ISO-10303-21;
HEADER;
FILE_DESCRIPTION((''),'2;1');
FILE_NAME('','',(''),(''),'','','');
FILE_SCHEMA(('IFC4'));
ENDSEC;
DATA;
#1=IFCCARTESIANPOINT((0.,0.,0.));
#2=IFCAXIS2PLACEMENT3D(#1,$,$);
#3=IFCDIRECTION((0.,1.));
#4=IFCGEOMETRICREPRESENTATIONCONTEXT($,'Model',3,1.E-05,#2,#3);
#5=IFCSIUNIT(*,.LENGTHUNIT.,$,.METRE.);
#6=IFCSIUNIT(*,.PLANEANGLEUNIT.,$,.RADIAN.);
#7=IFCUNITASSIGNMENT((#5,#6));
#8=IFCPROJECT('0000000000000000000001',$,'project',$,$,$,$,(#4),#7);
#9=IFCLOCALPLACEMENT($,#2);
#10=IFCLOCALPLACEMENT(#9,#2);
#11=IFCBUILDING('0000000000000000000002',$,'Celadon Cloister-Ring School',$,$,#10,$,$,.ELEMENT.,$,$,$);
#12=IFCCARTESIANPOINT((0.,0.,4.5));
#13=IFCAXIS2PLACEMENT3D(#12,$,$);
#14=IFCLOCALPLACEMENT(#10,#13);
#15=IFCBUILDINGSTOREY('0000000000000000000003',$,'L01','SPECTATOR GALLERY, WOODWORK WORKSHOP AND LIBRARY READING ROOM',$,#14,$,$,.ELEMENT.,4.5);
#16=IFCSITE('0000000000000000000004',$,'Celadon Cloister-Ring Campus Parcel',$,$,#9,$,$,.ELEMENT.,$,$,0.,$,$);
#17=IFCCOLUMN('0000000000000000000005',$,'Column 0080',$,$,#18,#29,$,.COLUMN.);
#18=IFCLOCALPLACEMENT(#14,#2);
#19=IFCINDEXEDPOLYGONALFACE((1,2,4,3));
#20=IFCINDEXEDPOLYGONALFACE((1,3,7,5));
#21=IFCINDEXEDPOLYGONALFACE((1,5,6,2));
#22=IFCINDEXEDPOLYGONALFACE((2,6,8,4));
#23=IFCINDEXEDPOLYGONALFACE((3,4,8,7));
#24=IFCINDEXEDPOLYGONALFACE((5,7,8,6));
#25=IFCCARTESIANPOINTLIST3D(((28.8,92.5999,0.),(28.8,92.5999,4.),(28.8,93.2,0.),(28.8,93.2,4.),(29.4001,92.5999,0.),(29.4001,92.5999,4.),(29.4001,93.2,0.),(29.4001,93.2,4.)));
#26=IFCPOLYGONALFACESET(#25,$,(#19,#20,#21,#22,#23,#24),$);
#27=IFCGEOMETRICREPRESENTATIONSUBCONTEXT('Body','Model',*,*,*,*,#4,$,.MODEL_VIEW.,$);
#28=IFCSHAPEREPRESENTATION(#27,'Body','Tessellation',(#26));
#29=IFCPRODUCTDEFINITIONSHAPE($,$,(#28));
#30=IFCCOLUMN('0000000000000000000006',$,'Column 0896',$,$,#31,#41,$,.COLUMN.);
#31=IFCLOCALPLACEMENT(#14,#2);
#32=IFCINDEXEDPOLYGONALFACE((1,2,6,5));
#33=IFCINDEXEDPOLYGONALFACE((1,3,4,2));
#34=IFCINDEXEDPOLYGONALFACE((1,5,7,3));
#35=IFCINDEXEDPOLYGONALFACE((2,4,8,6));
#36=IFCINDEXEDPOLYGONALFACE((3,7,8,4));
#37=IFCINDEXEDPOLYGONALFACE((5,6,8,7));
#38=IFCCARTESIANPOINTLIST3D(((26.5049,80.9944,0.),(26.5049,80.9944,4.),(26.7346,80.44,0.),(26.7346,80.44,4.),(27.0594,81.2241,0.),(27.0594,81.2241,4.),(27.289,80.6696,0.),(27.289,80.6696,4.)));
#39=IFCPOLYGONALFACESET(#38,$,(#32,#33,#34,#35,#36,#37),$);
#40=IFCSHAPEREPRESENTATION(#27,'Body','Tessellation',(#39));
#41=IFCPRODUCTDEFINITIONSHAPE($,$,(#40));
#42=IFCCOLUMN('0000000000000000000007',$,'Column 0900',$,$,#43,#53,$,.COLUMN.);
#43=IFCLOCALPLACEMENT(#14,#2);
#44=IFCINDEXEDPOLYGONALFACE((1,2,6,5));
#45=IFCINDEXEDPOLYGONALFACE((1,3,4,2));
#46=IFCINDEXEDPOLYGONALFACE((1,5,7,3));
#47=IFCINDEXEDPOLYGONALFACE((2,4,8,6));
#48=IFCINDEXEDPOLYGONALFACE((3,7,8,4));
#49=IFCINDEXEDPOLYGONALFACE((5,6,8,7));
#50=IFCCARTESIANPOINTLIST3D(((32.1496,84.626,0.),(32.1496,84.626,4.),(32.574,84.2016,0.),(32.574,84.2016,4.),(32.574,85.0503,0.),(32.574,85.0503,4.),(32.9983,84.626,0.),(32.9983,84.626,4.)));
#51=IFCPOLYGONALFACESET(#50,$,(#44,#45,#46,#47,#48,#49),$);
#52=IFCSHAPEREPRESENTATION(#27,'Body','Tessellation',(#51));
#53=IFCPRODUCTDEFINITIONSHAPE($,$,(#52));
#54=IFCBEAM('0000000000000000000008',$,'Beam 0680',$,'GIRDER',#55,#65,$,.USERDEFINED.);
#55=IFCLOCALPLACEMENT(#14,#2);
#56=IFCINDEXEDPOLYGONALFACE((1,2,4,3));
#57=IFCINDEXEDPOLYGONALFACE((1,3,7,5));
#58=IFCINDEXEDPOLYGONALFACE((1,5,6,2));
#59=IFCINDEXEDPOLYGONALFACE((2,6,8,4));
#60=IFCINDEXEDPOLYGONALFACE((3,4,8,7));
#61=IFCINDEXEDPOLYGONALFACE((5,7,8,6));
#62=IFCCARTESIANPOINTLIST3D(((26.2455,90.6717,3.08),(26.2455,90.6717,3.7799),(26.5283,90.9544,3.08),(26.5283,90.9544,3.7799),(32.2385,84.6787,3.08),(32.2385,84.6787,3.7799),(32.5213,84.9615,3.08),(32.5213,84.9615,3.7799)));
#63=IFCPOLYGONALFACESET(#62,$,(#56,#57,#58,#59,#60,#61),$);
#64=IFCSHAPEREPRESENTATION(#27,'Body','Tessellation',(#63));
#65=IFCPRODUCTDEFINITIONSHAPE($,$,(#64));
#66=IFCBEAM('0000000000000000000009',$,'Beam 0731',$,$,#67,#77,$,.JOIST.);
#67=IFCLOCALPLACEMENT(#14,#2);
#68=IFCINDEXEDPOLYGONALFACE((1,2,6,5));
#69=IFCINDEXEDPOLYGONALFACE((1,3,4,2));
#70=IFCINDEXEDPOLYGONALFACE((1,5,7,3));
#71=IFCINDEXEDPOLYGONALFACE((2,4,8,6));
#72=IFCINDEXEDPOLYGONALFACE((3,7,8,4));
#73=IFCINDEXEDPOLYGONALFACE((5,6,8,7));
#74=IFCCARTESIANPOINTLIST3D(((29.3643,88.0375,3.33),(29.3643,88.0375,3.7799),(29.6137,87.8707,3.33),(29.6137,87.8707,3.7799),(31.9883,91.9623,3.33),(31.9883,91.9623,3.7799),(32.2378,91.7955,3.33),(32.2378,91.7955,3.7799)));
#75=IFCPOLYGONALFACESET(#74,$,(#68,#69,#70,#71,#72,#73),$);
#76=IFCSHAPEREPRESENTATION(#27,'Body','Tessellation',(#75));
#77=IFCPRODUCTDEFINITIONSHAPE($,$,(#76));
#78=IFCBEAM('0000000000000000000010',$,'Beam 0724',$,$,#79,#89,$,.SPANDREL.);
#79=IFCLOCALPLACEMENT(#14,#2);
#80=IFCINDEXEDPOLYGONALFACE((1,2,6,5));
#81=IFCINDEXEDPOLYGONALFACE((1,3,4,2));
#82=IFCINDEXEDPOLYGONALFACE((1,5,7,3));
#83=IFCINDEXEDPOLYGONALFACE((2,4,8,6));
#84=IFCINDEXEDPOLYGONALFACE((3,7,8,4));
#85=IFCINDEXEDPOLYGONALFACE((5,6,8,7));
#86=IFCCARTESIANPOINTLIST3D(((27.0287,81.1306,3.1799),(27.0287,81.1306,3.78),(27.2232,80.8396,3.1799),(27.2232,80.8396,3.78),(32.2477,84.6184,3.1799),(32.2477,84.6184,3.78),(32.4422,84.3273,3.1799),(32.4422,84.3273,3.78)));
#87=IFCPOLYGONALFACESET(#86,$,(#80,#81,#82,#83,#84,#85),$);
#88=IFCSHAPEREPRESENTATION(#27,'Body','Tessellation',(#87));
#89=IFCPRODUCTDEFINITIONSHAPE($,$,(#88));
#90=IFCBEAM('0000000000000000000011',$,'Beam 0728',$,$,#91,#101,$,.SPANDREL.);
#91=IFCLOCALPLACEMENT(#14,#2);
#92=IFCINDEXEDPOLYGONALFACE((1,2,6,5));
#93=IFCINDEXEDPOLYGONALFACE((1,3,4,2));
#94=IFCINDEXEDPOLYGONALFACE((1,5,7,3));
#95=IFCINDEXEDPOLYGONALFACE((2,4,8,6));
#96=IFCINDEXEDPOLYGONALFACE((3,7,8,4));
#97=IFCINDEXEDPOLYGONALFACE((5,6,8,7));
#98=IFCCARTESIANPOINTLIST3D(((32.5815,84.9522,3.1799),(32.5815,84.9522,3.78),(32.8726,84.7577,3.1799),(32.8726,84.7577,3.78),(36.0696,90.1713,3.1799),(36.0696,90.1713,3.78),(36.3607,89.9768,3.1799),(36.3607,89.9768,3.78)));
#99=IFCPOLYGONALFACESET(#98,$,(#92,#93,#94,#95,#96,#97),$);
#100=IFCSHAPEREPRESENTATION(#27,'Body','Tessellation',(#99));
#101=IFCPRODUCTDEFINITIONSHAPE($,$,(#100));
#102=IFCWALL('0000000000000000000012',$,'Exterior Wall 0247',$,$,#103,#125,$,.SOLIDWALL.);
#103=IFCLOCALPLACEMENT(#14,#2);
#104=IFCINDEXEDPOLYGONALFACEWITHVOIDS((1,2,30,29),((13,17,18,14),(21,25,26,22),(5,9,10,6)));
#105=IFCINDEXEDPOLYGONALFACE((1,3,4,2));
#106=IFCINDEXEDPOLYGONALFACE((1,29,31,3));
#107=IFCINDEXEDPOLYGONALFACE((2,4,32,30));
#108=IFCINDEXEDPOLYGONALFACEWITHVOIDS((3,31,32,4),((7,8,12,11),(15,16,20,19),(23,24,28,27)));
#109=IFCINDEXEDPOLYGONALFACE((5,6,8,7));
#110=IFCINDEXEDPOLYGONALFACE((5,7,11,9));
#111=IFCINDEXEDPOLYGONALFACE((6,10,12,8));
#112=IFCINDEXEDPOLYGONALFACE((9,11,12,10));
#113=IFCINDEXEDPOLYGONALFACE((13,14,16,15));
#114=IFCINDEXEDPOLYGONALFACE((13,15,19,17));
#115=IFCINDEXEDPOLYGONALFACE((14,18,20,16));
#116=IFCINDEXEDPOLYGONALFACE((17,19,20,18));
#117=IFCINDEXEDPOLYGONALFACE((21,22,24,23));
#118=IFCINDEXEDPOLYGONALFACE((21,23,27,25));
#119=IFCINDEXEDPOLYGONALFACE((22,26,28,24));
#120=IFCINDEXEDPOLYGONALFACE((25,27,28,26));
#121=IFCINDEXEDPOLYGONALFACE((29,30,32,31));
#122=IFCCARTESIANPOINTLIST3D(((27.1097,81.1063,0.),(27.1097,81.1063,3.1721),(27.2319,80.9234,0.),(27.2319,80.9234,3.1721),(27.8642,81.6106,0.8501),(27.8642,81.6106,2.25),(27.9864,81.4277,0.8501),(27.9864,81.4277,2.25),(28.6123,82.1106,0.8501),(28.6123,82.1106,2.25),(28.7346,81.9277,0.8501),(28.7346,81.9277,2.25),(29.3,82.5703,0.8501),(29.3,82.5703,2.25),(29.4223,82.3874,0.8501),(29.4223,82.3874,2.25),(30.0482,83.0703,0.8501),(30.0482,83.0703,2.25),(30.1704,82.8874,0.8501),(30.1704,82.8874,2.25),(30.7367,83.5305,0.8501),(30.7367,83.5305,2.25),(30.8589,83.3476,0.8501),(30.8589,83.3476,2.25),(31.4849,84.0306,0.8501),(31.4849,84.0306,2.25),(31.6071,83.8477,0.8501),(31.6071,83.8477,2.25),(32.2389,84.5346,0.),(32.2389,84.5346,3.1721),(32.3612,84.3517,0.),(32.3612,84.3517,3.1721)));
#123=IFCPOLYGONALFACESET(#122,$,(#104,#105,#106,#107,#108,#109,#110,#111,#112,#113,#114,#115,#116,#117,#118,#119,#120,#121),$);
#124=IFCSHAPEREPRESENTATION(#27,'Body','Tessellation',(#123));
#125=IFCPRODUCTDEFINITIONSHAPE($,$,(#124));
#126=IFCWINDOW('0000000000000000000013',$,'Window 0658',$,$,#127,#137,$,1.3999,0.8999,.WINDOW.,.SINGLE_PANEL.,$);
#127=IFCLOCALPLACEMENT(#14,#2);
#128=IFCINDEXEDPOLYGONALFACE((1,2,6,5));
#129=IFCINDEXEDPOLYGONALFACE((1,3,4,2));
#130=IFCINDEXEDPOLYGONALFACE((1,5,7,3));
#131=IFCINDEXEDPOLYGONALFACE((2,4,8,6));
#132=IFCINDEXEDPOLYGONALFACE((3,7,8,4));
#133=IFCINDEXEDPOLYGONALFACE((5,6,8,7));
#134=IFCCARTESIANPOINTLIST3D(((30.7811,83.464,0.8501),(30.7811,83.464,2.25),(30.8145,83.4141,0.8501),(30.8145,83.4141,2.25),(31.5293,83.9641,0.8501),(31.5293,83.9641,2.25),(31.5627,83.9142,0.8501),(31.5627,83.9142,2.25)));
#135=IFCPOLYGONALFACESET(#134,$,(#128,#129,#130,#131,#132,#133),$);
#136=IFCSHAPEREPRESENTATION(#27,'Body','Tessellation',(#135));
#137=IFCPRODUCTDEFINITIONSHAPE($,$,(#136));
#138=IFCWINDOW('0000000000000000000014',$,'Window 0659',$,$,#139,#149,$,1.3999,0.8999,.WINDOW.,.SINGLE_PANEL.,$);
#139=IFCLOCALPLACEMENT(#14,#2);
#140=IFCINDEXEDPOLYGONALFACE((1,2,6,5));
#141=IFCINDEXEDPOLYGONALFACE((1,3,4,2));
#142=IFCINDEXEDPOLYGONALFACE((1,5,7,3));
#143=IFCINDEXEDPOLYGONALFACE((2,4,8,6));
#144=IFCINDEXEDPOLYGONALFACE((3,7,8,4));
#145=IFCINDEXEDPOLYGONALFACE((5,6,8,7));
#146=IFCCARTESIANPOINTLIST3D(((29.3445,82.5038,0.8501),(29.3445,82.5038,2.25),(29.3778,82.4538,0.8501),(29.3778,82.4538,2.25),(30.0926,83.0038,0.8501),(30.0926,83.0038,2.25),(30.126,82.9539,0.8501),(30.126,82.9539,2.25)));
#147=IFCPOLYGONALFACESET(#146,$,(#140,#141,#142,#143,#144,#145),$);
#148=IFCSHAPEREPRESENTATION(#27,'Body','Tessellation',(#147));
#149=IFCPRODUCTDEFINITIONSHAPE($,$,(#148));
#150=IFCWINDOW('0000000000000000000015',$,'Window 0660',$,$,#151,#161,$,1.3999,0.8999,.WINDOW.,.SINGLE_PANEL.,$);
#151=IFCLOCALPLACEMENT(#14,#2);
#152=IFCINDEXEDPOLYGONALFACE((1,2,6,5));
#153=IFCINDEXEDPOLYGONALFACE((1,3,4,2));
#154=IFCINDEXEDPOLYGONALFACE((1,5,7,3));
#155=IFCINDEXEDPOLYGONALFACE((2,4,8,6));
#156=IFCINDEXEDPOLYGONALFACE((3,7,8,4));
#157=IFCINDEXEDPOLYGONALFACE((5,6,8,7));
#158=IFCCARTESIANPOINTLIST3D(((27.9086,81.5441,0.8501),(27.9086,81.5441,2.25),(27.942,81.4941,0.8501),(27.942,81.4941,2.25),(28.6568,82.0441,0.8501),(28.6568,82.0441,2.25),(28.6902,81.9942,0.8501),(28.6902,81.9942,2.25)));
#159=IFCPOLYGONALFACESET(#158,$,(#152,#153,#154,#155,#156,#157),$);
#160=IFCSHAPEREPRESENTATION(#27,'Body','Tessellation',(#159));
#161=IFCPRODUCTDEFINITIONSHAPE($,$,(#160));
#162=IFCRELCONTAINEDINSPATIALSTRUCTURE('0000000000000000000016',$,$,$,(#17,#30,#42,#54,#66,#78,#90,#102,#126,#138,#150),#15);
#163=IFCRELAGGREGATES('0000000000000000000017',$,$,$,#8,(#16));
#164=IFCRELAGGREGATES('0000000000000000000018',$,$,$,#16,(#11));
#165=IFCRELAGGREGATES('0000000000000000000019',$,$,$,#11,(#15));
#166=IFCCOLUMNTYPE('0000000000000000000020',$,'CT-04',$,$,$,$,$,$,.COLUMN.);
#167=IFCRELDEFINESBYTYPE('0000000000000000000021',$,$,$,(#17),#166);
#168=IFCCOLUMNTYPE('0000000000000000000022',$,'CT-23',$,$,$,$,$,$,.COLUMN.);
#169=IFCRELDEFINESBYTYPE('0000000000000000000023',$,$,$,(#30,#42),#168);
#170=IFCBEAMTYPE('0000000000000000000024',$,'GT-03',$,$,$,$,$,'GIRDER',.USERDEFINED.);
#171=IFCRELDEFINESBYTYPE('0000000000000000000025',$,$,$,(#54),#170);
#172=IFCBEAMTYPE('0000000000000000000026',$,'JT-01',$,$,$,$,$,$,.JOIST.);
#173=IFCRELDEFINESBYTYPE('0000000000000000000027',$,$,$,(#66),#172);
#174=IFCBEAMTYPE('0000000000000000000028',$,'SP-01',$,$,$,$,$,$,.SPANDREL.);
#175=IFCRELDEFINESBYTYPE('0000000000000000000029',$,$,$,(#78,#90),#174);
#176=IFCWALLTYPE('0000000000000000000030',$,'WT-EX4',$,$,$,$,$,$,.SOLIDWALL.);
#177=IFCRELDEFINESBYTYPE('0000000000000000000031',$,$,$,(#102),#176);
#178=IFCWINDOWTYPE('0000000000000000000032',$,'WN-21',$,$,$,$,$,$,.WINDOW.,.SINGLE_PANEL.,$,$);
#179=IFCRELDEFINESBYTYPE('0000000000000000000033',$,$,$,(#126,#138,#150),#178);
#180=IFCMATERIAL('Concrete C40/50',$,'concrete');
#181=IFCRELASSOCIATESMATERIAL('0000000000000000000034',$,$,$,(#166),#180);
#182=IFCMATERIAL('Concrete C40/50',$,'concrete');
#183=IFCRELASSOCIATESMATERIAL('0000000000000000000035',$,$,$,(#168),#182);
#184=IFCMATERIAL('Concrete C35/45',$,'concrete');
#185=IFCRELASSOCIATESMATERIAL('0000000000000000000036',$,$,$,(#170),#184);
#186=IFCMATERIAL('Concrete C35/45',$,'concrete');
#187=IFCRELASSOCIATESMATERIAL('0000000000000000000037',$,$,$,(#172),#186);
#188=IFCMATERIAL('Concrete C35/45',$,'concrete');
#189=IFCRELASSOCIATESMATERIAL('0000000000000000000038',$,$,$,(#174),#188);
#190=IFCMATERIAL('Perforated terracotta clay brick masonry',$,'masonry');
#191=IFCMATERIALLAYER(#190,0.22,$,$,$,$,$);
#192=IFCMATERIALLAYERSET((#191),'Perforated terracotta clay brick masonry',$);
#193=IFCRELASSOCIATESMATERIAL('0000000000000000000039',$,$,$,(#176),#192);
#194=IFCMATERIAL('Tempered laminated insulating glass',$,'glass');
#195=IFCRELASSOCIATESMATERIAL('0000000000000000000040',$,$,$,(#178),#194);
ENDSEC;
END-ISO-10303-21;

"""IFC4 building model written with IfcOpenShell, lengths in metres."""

from ifc_helpers import new_model, si_unit, direction, frame, frame_2d, origin, origin_2d, place, context, subcontext, project, spatial, rectangle, extrude, material, layer, layer_set, material_profile, profile_set, type_object, element, fill, save


model = new_model("IFC4")

# Units and contexts
model_context = context("Model", 3, precision=1e-05, world=origin(), true_north=direction((0.0, 1.0)))
body_context = subcontext(model_context, "Body", "Model", "MODEL_VIEW")
ifc_project = project(units=[si_unit("LENGTHUNIT", "METRE"), si_unit("PLANEANGLEUNIT", "RADIAN")], contexts=[model_context])

# Site, building, storey
site_placement = place(None, origin())
site = spatial("IfcSite", under=ifc_project, at=site_placement, Name="Celadon Cloister-Ring Campus Parcel", CompositionType="ELEMENT", RefElevation=0.0)
building_placement = place(site_placement, origin())
building = spatial("IfcBuilding", under=site, at=building_placement, Name="Celadon Cloister-Ring School", CompositionType="ELEMENT")
storey_placement = place(building_placement, frame((0.0, 0.0, 4.5)))
storey = spatial("IfcBuildingStorey", under=building, at=storey_placement, Name="L01", Description="SPECTATOR GALLERY, WOODWORK WORKSHOP AND LIBRARY READING ROOM", CompositionType="ELEMENT", Elevation=4.5)

# Columns
ifc_material_1 = material(Name="Concrete C40/50", Category="concrete")
ifc_material_profile_1 = material_profile(ifc_material_1, rectangle(XDim=0.6001, YDim=0.6001, at=origin_2d()), Name="RC600X600")
ifc_profile_set_1 = profile_set([ifc_material_profile_1], Name="Concrete C40/50")
column_type_1 = type_object("IfcColumnType", Name="CT-04", PredefinedType="COLUMN", material=ifc_profile_set_1)
column_placement = place(storey_placement, frame((29.1001, 92.8999, 0.0), z_axis=(0.0, 0.0, 1.0), x_axis=(1.0, 0.0, 0.0)))
element("IfcColumn", 1, at=column_placement, inside=storey, type_object=column_type_1, Name="Column 0080", PredefinedType="COLUMN", context=body_context, shape_type="SweptSolid", body=[
    extrude(rectangle(XDim=0.6001, YDim=0.6001, at=origin_2d()), origin(), (0.0, 0.0, 1.0), 4.0),
])
ifc_material_2 = material(Name="Concrete C40/50", Category="concrete")
ifc_material_profile_2 = material_profile(ifc_material_2, rectangle(XDim=0.6001, YDim=0.6001, at=origin_2d()), Name="RC600X600")
ifc_profile_set_2 = profile_set([ifc_material_profile_2], Name="Concrete C40/50")
column_type_2 = type_object("IfcColumnType", Name="CT-23", PredefinedType="COLUMN", material=ifc_profile_set_2)
for number, where, z_axis, x_axis, name in (
    (2, (26.897, 80.832, 0.0), (0.0, 0.0, 1.0), (0.382683, -0.92388, 0.0), "Column 0896"),
    (3, (32.574, 84.626, 0.0), (0.0, 0.0, 1.0), (0.707107, -0.707107, 0.0), "Column 0900"),
):
    element("IfcColumn", number, at=place(storey_placement, frame(where, z_axis=z_axis, x_axis=x_axis)), inside=storey, type_object=column_type_2, Name=name, PredefinedType="COLUMN", context=body_context, shape_type="SweptSolid", body=[
        extrude(rectangle(XDim=0.6001, YDim=0.6001, at=origin_2d()), origin(), (0.0, 0.0, 1.0), 4.0),
    ])

# Beams
ifc_material_3 = material(Name="Concrete C35/45", Category="concrete")
ifc_material_profile_3 = material_profile(ifc_material_3, rectangle(XDim=0.3999, YDim=0.7, at=origin_2d()), Name="RC400X700")
ifc_profile_set_3 = profile_set([ifc_material_profile_3], Name="Concrete C35/45")
beam_type_1 = type_object("IfcBeamType", Name="GT-03", ElementType="GIRDER", PredefinedType="USERDEFINED", material=ifc_profile_set_3)
beam_1_placement = place(storey_placement, frame((32.3799, 84.8201, 3.4299), z_axis=(-0.707107, 0.707107, 0.0), x_axis=(-0.707107, -0.707107, 0.0)))
element("IfcBeam", 4, at=beam_1_placement, inside=storey, type_object=beam_type_1, Name="Beam 0680", ObjectType="GIRDER", PredefinedType="USERDEFINED", context=body_context, shape_type="SweptSolid", body=[
    extrude(rectangle(XDim=0.3999, YDim=0.7, at=origin_2d()), origin(), (0.0, 0.0, 1.0), 8.4753),
])
ifc_material_4 = material(Name="Concrete C35/45", Category="concrete")
ifc_material_profile_4 = material_profile(ifc_material_4, rectangle(XDim=0.3, YDim=0.45, at=origin_2d()), Name="RC300X450")
ifc_profile_set_4 = profile_set([ifc_material_profile_4], Name="Concrete C35/45")
beam_type_2 = type_object("IfcBeamType", Name="JT-01", PredefinedType="JOIST", material=ifc_profile_set_4)
beam_2_placement = place(storey_placement, frame((29.489, 87.9541, 3.5549), z_axis=(0.555798, 0.831318, 0.0), x_axis=(-0.831318, 0.555798, 0.0)))
element("IfcBeam", 5, at=beam_2_placement, inside=storey, type_object=beam_type_2, Name="Beam 0731", PredefinedType="JOIST", context=body_context, shape_type="SweptSolid", body=[
    extrude(rectangle(XDim=0.3, YDim=0.45, at=origin_2d()), origin(), (0.0, 0.0, 1.0), 4.7212),
])
ifc_material_5 = material(Name="Concrete C35/45", Category="concrete")
ifc_material_profile_5 = material_profile(ifc_material_5, rectangle(XDim=0.3501, YDim=0.6001, at=origin_2d()), Name="RC350X600")
ifc_profile_set_5 = profile_set([ifc_material_profile_5], Name="Concrete C35/45")
beam_type_3 = type_object("IfcBeamType", Name="SP-01", PredefinedType="SPANDREL", material=ifc_profile_set_5)
beam_3_placement = place(storey_placement, frame((27.126, 80.9851, 3.48), z_axis=(0.831427, 0.555633, 0.0), x_axis=(-0.555633, 0.831427, 0.0)))
element("IfcBeam", 6, at=beam_3_placement, inside=storey, type_object=beam_type_3, Name="Beam 0724", PredefinedType="SPANDREL", context=body_context, shape_type="SweptSolid", body=[
    extrude(rectangle(XDim=0.3501, YDim=0.6001, at=origin_2d()), origin(), (0.0, 0.0, 1.0), 6.2771),
])
beam_4_placement = place(storey_placement, frame((32.7271, 84.855, 3.48), z_axis=(0.55566, 0.83141, 0.0), x_axis=(-0.83141, 0.55566, 0.0)))
element("IfcBeam", 7, at=beam_4_placement, inside=storey, type_object=beam_type_3, Name="Beam 0728", PredefinedType="SPANDREL", context=body_context, shape_type="SweptSolid", body=[
    extrude(rectangle(XDim=0.3501, YDim=0.6001, at=origin_2d()), origin(), (0.0, 0.0, 1.0), 6.2773),
])

# Wall, openings, windows
ifc_material_6 = material(Name="Perforated terracotta clay brick masonry", Category="masonry")
ifc_layer_1 = layer(ifc_material_6, 0.22)
ifc_layer_set_1 = layer_set([ifc_layer_1], Name="Perforated terracotta clay brick masonry")
wall_type_1 = type_object("IfcWallType", Name="WT-EX4", PredefinedType="SOLIDWALL", material=ifc_layer_set_1)
wall_1_placement = place(storey_placement, frame((32.3, 84.4431, 0.0), z_axis=(0.0, 0.0, 1.0), x_axis=(-0.831392, -0.555686, 0.0)))
wall_1 = element("IfcWall", 8, at=wall_1_placement, inside=storey, type_object=wall_type_1, Name="Exterior Wall 0247", PredefinedType="SOLIDWALL", context=body_context, shape_type="SweptSolid", body=[
    extrude(rectangle(XDim=6.1694, YDim=0.22, at=frame_2d((3.0847, 0.0))), origin(), (0.0, 0.0, 1.0), 3.1721),
])
opening_1_placement = place(wall_1_placement, frame((0.907, 0.0, 0.8501)))
opening_1 = element("IfcOpeningElement", 9, at=opening_1_placement, cuts=wall_1, PredefinedType="OPENING", context=body_context, shape_type="SweptSolid", body=[
    extrude(rectangle(XDim=0.8999, YDim=1.3999, at=frame_2d((0.45, 0.7))), frame((0.0, 0.1201, 0.0), z_axis=(0.0, -1.0, 0.0), x_axis=(1.0, 0.0, 0.0)), (0.0, 0.0, 1.0), 0.24),
])
opening_2_placement = place(wall_1_placement, frame((2.635, 0.0, 0.8501)))
opening_2 = element("IfcOpeningElement", 10, at=opening_2_placement, cuts=wall_1, PredefinedType="OPENING", context=body_context, shape_type="SweptSolid", body=[
    extrude(rectangle(XDim=0.8999, YDim=1.3999, at=frame_2d((0.45, 0.7))), frame((0.0, 0.1201, 0.0), z_axis=(0.0, -1.0, 0.0), x_axis=(1.0, 0.0, 0.0)), (0.0, 0.0, 1.0), 0.24),
])
opening_3_placement = place(wall_1_placement, frame((4.3621, 0.0, 0.8501)))
opening_3 = element("IfcOpeningElement", 11, at=opening_3_placement, cuts=wall_1, PredefinedType="OPENING", context=body_context, shape_type="SweptSolid", body=[
    extrude(rectangle(XDim=0.8999, YDim=1.3999, at=frame_2d((0.45, 0.7))), frame((0.0, 0.1201, 0.0), z_axis=(0.0, -1.0, 0.0), x_axis=(1.0, 0.0, 0.0)), (0.0, 0.0, 1.0), 0.24),
])
ifc_material_7 = material(Name="Tempered laminated insulating glass", Category="glass")
window_type = type_object("IfcWindowType", Name="WN-21", PartitioningType="SINGLE_PANEL", PredefinedType="WINDOW", material=ifc_material_7)
window_1_placement = place(opening_1_placement, origin())
window_1 = element("IfcWindow", 12, at=window_1_placement, inside=storey, type_object=window_type, Name="Window 0658", OverallHeight=1.3999, OverallWidth=0.8999, PartitioningType="SINGLE_PANEL", PredefinedType="WINDOW", context=body_context, shape_type="SweptSolid", body=[
    extrude(rectangle(XDim=0.8999, YDim=1.3999, at=frame_2d((0.45, 0.7))), frame((0.0, 0.03, 0.0), z_axis=(0.0, -1.0, 0.0), x_axis=(1.0, 0.0, 0.0)), (0.0, 0.0, 1.0), 0.0601),
])
fill(opening_1, window_1)
window_2_placement = place(opening_2_placement, origin())
window_2 = element("IfcWindow", 13, at=window_2_placement, inside=storey, type_object=window_type, Name="Window 0659", OverallHeight=1.3999, OverallWidth=0.8999, PartitioningType="SINGLE_PANEL", PredefinedType="WINDOW", context=body_context, shape_type="SweptSolid", body=[
    extrude(rectangle(XDim=0.8999, YDim=1.3999, at=frame_2d((0.45, 0.7))), frame((0.0, 0.03, 0.0), z_axis=(0.0, -1.0, 0.0), x_axis=(1.0, 0.0, 0.0)), (0.0, 0.0, 1.0), 0.0601),
])
fill(opening_2, window_2)
window_3_placement = place(opening_3_placement, origin())
window_3 = element("IfcWindow", 14, at=window_3_placement, inside=storey, type_object=window_type, Name="Window 0660", OverallHeight=1.3999, OverallWidth=0.8999, PartitioningType="SINGLE_PANEL", PredefinedType="WINDOW", context=body_context, shape_type="SweptSolid", body=[
    extrude(rectangle(XDim=0.8999, YDim=1.3999, at=frame_2d((0.45, 0.7))), frame((0.0, 0.03, 0.0), z_axis=(0.0, -1.0, 0.0), x_axis=(1.0, 0.0, 0.0)), (0.0, 0.0, 1.0), 0.0601),
])
fill(opening_3, window_3)

save(model, "model.ifc")
